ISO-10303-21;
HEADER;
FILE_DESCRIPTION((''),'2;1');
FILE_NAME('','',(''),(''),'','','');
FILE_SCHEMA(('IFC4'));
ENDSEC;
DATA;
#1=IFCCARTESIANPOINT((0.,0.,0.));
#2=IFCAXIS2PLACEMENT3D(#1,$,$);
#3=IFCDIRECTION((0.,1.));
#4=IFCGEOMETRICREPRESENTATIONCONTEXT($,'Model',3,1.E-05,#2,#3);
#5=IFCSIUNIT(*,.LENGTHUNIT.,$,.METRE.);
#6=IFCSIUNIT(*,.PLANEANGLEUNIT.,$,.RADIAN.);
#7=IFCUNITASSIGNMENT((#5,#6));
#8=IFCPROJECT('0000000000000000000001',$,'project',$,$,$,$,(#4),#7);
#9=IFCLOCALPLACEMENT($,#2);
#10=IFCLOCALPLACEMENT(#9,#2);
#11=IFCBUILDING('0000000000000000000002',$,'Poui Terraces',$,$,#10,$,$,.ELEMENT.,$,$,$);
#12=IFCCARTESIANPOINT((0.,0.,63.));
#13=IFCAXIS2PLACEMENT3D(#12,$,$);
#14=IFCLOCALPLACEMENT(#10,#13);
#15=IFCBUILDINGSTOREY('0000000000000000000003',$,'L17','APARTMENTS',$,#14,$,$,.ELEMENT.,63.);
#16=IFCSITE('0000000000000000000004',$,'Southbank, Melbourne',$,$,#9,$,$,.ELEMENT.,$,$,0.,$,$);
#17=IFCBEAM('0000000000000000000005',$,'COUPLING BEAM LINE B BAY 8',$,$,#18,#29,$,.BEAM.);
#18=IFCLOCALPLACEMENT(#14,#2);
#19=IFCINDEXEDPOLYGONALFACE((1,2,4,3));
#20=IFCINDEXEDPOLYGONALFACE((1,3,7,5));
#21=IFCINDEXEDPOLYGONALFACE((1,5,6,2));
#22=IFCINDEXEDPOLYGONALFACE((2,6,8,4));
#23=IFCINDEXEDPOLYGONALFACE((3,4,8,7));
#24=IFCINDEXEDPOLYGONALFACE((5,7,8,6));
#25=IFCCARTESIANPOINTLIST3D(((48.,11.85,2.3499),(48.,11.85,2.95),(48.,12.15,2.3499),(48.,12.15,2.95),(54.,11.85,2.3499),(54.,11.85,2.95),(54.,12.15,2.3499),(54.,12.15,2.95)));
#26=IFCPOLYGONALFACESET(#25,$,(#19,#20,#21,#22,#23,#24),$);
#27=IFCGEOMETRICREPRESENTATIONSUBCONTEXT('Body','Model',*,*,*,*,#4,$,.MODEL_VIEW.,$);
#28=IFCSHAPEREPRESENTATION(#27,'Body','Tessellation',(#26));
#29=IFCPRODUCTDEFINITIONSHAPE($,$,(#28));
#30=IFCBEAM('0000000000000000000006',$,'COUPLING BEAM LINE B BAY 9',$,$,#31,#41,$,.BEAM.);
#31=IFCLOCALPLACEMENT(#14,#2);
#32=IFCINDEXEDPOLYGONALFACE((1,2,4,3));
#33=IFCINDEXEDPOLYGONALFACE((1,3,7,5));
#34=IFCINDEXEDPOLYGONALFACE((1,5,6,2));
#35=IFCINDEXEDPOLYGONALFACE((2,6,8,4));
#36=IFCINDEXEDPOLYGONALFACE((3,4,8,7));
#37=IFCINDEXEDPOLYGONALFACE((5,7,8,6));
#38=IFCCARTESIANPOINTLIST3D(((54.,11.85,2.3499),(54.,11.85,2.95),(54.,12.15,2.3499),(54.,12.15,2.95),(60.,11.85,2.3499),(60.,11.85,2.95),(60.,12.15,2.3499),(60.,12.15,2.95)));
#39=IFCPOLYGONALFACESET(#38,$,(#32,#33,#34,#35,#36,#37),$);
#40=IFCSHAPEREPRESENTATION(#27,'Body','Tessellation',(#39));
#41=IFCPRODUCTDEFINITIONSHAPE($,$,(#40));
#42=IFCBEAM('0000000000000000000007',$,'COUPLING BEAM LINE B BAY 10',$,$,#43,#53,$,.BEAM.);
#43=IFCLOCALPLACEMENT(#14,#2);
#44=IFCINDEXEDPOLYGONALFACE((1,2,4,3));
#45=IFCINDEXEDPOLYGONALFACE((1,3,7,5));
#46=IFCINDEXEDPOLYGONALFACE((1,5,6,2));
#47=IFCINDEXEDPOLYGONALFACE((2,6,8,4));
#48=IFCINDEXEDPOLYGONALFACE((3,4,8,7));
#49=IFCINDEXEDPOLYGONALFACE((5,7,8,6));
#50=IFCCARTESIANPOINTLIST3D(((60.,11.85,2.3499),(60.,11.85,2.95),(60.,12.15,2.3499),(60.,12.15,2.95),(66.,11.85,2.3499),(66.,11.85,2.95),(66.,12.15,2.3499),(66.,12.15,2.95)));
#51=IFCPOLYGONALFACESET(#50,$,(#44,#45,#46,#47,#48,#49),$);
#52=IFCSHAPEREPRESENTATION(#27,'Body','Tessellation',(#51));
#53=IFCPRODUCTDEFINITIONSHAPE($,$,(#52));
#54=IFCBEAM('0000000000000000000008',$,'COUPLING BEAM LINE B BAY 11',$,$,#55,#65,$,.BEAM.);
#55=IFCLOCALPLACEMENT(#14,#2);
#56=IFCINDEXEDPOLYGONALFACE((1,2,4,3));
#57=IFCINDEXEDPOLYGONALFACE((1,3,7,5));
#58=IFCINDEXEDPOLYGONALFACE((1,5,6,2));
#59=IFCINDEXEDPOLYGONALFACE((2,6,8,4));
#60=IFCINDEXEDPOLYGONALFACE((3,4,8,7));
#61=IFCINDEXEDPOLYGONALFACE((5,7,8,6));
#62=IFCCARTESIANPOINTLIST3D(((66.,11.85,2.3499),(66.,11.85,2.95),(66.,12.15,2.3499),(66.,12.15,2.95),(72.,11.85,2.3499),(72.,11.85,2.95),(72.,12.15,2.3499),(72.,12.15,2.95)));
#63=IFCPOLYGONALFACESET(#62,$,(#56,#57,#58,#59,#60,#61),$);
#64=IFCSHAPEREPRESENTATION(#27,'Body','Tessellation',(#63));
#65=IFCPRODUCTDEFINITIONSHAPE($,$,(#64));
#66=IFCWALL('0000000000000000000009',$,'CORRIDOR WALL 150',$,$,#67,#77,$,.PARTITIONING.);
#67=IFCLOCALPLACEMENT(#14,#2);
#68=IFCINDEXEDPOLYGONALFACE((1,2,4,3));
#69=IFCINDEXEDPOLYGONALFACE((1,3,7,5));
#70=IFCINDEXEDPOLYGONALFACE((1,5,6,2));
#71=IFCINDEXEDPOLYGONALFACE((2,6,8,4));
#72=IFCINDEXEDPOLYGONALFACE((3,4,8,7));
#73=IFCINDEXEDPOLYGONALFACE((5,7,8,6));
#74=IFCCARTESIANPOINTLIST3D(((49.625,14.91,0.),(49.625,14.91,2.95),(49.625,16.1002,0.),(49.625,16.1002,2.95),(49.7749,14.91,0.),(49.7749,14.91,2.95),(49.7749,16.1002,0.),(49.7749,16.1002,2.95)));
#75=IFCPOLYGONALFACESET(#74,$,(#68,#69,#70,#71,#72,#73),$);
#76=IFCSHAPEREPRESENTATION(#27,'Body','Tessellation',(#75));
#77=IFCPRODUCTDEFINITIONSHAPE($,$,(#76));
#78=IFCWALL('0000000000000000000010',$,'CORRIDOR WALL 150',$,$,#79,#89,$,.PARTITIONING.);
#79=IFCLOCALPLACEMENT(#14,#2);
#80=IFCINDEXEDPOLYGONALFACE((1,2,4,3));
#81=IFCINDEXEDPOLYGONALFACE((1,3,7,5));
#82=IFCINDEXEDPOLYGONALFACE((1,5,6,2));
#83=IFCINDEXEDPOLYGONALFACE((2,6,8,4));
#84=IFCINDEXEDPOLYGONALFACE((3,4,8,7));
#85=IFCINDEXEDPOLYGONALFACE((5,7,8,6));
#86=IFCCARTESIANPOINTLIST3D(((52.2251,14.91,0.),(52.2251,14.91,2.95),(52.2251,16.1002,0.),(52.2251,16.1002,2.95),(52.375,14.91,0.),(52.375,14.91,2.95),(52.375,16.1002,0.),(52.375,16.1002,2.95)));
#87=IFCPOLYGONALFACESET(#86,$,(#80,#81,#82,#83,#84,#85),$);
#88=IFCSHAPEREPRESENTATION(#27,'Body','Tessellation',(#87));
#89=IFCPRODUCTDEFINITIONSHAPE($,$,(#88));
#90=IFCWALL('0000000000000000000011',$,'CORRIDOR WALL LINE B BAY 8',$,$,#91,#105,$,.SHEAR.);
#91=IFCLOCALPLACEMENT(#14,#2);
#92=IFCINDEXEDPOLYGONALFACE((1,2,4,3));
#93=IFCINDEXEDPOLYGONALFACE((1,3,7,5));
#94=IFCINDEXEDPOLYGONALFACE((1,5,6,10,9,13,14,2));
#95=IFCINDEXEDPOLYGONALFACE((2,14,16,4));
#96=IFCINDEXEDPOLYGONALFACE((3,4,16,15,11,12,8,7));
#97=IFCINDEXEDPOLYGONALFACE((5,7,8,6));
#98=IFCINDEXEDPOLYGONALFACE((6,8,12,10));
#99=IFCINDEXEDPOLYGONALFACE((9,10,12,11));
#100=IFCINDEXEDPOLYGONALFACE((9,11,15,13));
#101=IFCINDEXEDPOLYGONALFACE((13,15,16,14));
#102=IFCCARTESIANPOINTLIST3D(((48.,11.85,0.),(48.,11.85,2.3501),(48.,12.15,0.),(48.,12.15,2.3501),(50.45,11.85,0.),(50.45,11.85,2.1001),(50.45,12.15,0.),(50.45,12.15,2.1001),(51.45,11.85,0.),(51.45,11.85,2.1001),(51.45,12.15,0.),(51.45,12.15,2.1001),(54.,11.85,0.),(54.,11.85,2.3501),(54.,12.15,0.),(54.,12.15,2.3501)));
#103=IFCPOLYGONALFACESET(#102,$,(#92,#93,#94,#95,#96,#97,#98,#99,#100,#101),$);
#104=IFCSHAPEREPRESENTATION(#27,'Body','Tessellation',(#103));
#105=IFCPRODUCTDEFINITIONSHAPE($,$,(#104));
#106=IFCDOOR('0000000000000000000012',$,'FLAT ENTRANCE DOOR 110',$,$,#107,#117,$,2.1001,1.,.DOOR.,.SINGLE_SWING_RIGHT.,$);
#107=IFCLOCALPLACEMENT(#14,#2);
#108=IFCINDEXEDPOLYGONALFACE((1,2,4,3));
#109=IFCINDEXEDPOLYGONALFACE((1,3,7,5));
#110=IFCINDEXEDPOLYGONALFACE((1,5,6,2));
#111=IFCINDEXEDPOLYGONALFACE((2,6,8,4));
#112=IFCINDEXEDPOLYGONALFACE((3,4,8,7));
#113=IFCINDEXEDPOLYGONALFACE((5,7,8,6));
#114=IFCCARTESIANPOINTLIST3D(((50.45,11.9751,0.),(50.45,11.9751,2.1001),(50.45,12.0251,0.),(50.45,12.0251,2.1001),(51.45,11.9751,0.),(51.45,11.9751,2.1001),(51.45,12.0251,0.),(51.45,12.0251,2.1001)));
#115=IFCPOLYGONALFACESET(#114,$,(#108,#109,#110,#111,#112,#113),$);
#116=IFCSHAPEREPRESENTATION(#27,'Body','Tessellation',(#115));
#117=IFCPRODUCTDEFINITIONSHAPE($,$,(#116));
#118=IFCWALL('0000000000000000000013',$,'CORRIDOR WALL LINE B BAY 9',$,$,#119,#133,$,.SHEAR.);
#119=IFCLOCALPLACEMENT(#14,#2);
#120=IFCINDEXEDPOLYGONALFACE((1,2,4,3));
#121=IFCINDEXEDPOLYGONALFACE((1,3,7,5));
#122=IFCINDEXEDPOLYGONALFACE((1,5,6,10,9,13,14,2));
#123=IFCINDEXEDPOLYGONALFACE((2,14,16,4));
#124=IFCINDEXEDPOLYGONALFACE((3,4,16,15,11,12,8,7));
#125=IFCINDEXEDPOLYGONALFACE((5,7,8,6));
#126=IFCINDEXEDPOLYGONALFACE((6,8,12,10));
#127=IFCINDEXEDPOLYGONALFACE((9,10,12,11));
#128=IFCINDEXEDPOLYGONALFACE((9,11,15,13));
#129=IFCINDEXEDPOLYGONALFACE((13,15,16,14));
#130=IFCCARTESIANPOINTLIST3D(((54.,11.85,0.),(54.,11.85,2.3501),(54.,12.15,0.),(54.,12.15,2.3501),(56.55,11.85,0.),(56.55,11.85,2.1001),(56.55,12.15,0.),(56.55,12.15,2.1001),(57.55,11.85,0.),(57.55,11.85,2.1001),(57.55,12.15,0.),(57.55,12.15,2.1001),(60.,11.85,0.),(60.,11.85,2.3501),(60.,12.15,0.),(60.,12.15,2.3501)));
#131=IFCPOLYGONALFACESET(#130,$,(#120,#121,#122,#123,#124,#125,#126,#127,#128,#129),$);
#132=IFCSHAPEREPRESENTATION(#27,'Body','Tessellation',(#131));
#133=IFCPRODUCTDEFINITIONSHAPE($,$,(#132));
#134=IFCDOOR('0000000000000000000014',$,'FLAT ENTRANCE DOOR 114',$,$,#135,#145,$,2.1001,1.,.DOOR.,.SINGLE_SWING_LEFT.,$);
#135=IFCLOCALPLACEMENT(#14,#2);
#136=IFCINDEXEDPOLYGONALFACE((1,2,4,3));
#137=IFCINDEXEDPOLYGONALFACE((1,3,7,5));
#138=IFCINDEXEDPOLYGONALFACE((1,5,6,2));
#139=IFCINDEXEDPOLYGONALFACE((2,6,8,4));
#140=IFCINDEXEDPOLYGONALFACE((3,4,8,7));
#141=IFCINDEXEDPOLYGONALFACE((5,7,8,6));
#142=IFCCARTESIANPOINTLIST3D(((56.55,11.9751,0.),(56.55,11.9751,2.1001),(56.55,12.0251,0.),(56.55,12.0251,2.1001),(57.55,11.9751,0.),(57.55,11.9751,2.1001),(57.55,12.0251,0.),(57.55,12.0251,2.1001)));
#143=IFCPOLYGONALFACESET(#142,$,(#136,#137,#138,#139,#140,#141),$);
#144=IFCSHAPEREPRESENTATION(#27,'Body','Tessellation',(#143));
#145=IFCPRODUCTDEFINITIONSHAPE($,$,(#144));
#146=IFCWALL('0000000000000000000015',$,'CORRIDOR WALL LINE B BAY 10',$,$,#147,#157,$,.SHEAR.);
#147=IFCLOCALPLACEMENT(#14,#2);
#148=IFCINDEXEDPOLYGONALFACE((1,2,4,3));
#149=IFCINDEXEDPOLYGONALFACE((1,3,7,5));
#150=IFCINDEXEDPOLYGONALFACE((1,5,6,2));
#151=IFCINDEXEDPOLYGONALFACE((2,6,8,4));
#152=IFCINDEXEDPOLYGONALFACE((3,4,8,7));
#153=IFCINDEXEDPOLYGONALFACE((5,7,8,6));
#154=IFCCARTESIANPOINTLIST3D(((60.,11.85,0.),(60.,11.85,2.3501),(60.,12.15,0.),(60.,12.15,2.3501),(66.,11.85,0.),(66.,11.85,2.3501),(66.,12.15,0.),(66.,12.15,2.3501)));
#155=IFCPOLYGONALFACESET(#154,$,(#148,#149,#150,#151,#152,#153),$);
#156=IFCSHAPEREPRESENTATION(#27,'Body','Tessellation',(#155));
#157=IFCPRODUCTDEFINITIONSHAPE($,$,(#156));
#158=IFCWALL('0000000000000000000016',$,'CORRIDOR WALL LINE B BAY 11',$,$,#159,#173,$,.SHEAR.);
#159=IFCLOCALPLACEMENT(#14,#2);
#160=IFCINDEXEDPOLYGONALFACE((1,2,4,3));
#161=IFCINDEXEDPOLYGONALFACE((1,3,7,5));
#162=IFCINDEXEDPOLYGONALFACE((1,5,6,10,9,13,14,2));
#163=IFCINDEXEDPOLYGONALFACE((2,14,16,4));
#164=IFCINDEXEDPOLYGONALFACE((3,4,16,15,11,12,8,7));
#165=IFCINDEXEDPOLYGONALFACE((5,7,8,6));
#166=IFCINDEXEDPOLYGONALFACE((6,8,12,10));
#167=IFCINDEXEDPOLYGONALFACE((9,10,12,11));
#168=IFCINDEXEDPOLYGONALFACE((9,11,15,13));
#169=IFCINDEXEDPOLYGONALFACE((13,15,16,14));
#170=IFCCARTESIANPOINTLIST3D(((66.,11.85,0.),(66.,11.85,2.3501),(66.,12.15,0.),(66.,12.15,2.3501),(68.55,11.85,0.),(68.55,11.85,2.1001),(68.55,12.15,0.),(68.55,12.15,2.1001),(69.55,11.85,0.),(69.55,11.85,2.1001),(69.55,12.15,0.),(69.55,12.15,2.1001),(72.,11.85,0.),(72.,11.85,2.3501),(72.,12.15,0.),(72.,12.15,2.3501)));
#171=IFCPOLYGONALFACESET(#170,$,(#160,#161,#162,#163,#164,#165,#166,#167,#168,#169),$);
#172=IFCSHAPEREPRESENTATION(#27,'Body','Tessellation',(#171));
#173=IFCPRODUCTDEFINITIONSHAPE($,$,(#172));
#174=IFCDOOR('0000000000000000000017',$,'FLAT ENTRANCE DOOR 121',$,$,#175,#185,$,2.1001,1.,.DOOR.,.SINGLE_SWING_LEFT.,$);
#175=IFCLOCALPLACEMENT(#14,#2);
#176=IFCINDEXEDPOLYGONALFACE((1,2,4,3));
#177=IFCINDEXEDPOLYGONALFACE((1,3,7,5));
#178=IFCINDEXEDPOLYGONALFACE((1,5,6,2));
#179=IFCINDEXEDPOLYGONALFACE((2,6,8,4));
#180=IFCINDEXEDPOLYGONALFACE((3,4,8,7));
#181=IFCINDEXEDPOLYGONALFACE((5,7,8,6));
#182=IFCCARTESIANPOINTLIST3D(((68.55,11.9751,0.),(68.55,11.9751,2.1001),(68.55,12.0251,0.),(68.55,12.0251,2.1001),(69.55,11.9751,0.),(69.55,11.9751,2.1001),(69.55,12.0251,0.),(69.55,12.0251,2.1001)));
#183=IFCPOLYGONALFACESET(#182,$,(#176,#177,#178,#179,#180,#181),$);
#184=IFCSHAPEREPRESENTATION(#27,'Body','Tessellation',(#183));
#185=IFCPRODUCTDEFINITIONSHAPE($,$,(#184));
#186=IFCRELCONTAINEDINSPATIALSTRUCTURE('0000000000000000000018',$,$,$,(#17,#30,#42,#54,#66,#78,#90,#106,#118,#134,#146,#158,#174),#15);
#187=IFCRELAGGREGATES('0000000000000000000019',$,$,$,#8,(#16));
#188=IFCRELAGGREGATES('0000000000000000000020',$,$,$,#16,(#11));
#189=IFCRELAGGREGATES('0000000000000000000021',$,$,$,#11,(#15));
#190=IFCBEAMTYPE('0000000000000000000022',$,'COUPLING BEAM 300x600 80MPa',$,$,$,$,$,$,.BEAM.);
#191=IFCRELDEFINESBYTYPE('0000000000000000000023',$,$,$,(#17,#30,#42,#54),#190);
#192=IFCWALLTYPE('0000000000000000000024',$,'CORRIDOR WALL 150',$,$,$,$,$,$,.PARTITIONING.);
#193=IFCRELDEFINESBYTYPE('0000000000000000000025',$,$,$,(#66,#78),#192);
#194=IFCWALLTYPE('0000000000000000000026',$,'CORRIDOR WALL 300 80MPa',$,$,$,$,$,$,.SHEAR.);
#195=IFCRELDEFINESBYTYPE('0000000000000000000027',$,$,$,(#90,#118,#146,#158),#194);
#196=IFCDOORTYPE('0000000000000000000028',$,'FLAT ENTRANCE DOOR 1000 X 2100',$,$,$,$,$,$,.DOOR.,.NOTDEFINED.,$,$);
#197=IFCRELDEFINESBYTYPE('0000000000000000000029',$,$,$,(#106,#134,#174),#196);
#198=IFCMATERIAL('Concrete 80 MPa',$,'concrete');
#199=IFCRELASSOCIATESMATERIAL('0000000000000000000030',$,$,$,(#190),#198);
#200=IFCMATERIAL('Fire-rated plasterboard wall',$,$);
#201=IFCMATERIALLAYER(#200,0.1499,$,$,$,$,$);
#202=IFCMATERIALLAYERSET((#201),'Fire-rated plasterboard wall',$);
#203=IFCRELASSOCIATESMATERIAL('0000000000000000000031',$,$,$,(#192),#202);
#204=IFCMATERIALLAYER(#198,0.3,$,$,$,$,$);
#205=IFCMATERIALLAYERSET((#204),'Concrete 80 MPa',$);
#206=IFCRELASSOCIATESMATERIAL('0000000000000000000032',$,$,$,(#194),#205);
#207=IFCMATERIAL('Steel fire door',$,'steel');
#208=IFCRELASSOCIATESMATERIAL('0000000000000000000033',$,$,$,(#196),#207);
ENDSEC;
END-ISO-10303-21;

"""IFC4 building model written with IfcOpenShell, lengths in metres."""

from ifc_helpers import new_model, si_unit, direction, frame, frame_2d, origin, origin_2d, place, context, subcontext, project, spatial, rectangle, extrude, source, transform, mapped, material, layer, layer_set, material_profile, profile_set, type_object, element, fill, save


model = new_model("IFC4")

# Units and contexts
model_context = context("Model", 3, precision=1e-05, world=origin(), true_north=direction((0.0, 1.0)))
body_context = subcontext(model_context, "Body", "Model", "MODEL_VIEW")
ifc_project = project(units=[si_unit("LENGTHUNIT", "METRE"), si_unit("PLANEANGLEUNIT", "RADIAN")], contexts=[model_context])

# Site, building, storey
site_placement = place(None, origin())
site = spatial("IfcSite", under=ifc_project, at=site_placement, Name="Southbank, Melbourne", CompositionType="ELEMENT", RefElevation=0.0)
building_placement = place(site_placement, origin())
building = spatial("IfcBuilding", under=site, at=building_placement, Name="Poui Terraces", CompositionType="ELEMENT")
storey_placement = place(building_placement, frame((0.0, 0.0, 63.0)))
storey = spatial("IfcBuildingStorey", under=building, at=storey_placement, Name="L17", Description="APARTMENTS", CompositionType="ELEMENT", Elevation=63.0)

# Beams
ifc_material_1 = material(Name="Concrete 80 MPa", Category="concrete")
ifc_material_profile = material_profile(ifc_material_1, rectangle(XDim=0.3, YDim=0.6001, at=origin_2d()), Name="RC 300x600")
ifc_profile_set = profile_set([ifc_material_profile], Name="Concrete 80 MPa")
beam_type = type_object("IfcBeamType", Name="COUPLING BEAM 300x600 80MPa", PredefinedType="BEAM", material=ifc_profile_set)
shared_shape = source(origin(), body_context, "Body", "SweptSolid", [
    extrude(rectangle(XDim=0.3, YDim=0.6001, at=origin_2d()), origin(), (0.0, 0.0, 1.0), 6.0),
])
for number, where, z_axis, x_axis, name in (
    (1, (48.0, 12.0, 2.6499), (1.0, 0.0, 0.0), (0.0, 1.0, 0.0), "COUPLING BEAM LINE B BAY 8"),
    (2, (54.0, 12.0, 2.6499), (1.0, 0.0, 0.0), (0.0, 1.0, 0.0), "COUPLING BEAM LINE B BAY 9"),
    (3, (60.0, 12.0, 2.6499), (1.0, 0.0, 0.0), (0.0, 1.0, 0.0), "COUPLING BEAM LINE B BAY 10"),
    (4, (66.0, 12.0, 2.6499), (1.0, 0.0, 0.0), (0.0, 1.0, 0.0), "COUPLING BEAM LINE B BAY 11"),
):
    element("IfcBeam", number, at=place(storey_placement, frame(where, z_axis=z_axis, x_axis=x_axis)), inside=storey, type_object=beam_type, Name=name, PredefinedType="BEAM", context=body_context, shape_type="MappedRepresentation", body=[
        mapped(shared_shape, transform((0.0, 0.0, 0.0))),
    ])

# Walls
ifc_material_2 = material(Name="Fire-rated plasterboard wall")
ifc_layer_1 = layer(ifc_material_2, 0.1499)
ifc_layer_set_1 = layer_set([ifc_layer_1], Name="Fire-rated plasterboard wall")
wall_type_1 = type_object("IfcWallType", Name="CORRIDOR WALL 150", PredefinedType="PARTITIONING", material=ifc_layer_set_1)
for number, where, z_axis, x_axis, name in (
    (5, (49.7, 14.9099, 0.0), (0.0, 0.0, 1.0), (0.0, 1.0, 0.0), "CORRIDOR WALL 150"),
    (6, (52.3, 14.9099, 0.0), (0.0, 0.0, 1.0), (0.0, 1.0, 0.0), "CORRIDOR WALL 150"),
):
    element("IfcWall", number, at=place(storey_placement, frame(where, z_axis=z_axis, x_axis=x_axis)), inside=storey, type_object=wall_type_1, Name=name, PredefinedType="PARTITIONING", context=body_context, shape_type="SweptSolid", body=[
        extrude(rectangle(XDim=1.1902, YDim=0.1499, at=frame_2d((0.5952, 0.0))), origin(), (0.0, 0.0, 1.0), 2.95),
    ])

# Walls, openings, doors
ifc_layer_2 = layer(ifc_material_1, 0.3)
ifc_layer_set_2 = layer_set([ifc_layer_2], Name="Concrete 80 MPa")
wall_type_2 = type_object("IfcWallType", Name="CORRIDOR WALL 300 80MPa", PredefinedType="SHEAR", material=ifc_layer_set_2)
wall_1_placement = place(storey_placement, frame((48.0, 12.0, 0.0), z_axis=(0.0, 0.0, 1.0), x_axis=(1.0, 0.0, 0.0)))
wall_1 = element("IfcWall", 7, at=wall_1_placement, inside=storey, type_object=wall_type_2, Name="CORRIDOR WALL LINE B BAY 8", PredefinedType="SHEAR", context=body_context, shape_type="SweptSolid", body=[
    extrude(rectangle(XDim=6.0, YDim=0.3, at=frame_2d((3.0, 0.0))), origin(), (0.0, 0.0, 1.0), 2.3501),
])
opening_1_placement = place(wall_1_placement, frame((2.45, 0.0, 0.0)))
opening_1 = element("IfcOpeningElement", 8, at=opening_1_placement, cuts=wall_1, PredefinedType="OPENING", context=body_context, shape_type="SweptSolid", body=[
    extrude(rectangle(XDim=1.0, YDim=2.1001, at=frame_2d((0.5, 1.05))), frame((0.0, 0.1602, 0.0), z_axis=(0.0, -1.0, 0.0), x_axis=(1.0, 0.0, 0.0)), (0.0, 0.0, 1.0), 0.3201),
])
ifc_material_3 = material(Name="Steel fire door", Category="steel")
door_type_1 = type_object("IfcDoorType", Name="FLAT ENTRANCE DOOR 1000 X 2100", OperationType="NOTDEFINED", PredefinedType="DOOR", material=ifc_material_3)
door_1_placement = place(opening_1_placement, frame((1.0, 0.0, 0.0), z_axis=(0.0, 0.0, 1.0), x_axis=(-1.0, 0.0, 0.0)))
door_1 = element("IfcDoor", 9, at=door_1_placement, inside=storey, type_object=door_type_1, Name="FLAT ENTRANCE DOOR 110", OperationType="SINGLE_SWING_RIGHT", OverallHeight=2.1001, OverallWidth=1.0, PredefinedType="DOOR", context=body_context, shape_type="SweptSolid", body=[
    extrude(rectangle(XDim=1.0, YDim=2.1001, at=frame_2d((0.5, 1.05))), frame((0.0, 0.0249, 0.0), z_axis=(0.0, -1.0, 0.0), x_axis=(1.0, 0.0, 0.0)), (0.0, 0.0, 1.0), 0.05),
])
fill(opening_1, door_1)
wall_2_placement = place(storey_placement, frame((54.0, 12.0, 0.0), z_axis=(0.0, 0.0, 1.0), x_axis=(1.0, 0.0, 0.0)))
wall_2 = element("IfcWall", 10, at=wall_2_placement, inside=storey, type_object=wall_type_2, Name="CORRIDOR WALL LINE B BAY 9", PredefinedType="SHEAR", context=body_context, shape_type="SweptSolid", body=[
    extrude(rectangle(XDim=6.0, YDim=0.3, at=frame_2d((3.0, 0.0))), origin(), (0.0, 0.0, 1.0), 2.3501),
])
opening_2_placement = place(wall_2_placement, frame((2.55, 0.0, 0.0)))
opening_2 = element("IfcOpeningElement", 11, at=opening_2_placement, cuts=wall_2, PredefinedType="OPENING", context=body_context, shape_type="SweptSolid", body=[
    extrude(rectangle(XDim=1.0, YDim=2.1001, at=frame_2d((0.5, 1.05))), frame((0.0, 0.1602, 0.0), z_axis=(0.0, -1.0, 0.0), x_axis=(1.0, 0.0, 0.0)), (0.0, 0.0, 1.0), 0.3201),
])
door_2_placement = place(opening_2_placement, frame((1.0, 0.0, 0.0), z_axis=(0.0, 0.0, 1.0), x_axis=(-1.0, 0.0, 0.0)))
door_2 = element("IfcDoor", 12, at=door_2_placement, inside=storey, type_object=door_type_1, Name="FLAT ENTRANCE DOOR 114", OperationType="SINGLE_SWING_LEFT", OverallHeight=2.1001, OverallWidth=1.0, PredefinedType="DOOR", context=body_context, shape_type="SweptSolid", body=[
    extrude(rectangle(XDim=1.0, YDim=2.1001, at=frame_2d((0.5, 1.05))), frame((0.0, 0.0249, 0.0), z_axis=(0.0, -1.0, 0.0), x_axis=(1.0, 0.0, 0.0)), (0.0, 0.0, 1.0), 0.05),
])
fill(opening_2, door_2)

# Wall
wall_3_placement = place(storey_placement, frame((60.0, 12.0, 0.0), z_axis=(0.0, 0.0, 1.0), x_axis=(1.0, 0.0, 0.0)))
element("IfcWall", 13, at=wall_3_placement, inside=storey, type_object=wall_type_2, Name="CORRIDOR WALL LINE B BAY 10", PredefinedType="SHEAR", context=body_context, shape_type="SweptSolid", body=[
    extrude(rectangle(XDim=6.0, YDim=0.3, at=frame_2d((3.0, 0.0))), origin(), (0.0, 0.0, 1.0), 2.3501),
])

# Wall, opening, door
wall_4_placement = place(storey_placement, frame((66.0, 12.0, 0.0), z_axis=(0.0, 0.0, 1.0), x_axis=(1.0, 0.0, 0.0)))
wall_4 = element("IfcWall", 14, at=wall_4_placement, inside=storey, type_object=wall_type_2, Name="CORRIDOR WALL LINE B BAY 11", PredefinedType="SHEAR", context=body_context, shape_type="SweptSolid", body=[
    extrude(rectangle(XDim=6.0, YDim=0.3, at=frame_2d((3.0, 0.0))), origin(), (0.0, 0.0, 1.0), 2.3501),
])
opening_3_placement = place(wall_4_placement, frame((2.55, 0.0, 0.0)))
opening_3 = element("IfcOpeningElement", 15, at=opening_3_placement, cuts=wall_4, PredefinedType="OPENING", context=body_context, shape_type="SweptSolid", body=[
    extrude(rectangle(XDim=1.0, YDim=2.1001, at=frame_2d((0.5, 1.05))), frame((0.0, 0.1602, 0.0), z_axis=(0.0, -1.0, 0.0), x_axis=(1.0, 0.0, 0.0)), (0.0, 0.0, 1.0), 0.3201),
])
door_3_placement = place(opening_3_placement, frame((1.0, 0.0, 0.0), z_axis=(0.0, 0.0, 1.0), x_axis=(-1.0, 0.0, 0.0)))
door_3 = element("IfcDoor", 16, at=door_3_placement, inside=storey, type_object=door_type_1, Name="FLAT ENTRANCE DOOR 121", OperationType="SINGLE_SWING_LEFT", OverallHeight=2.1001, OverallWidth=1.0, PredefinedType="DOOR", context=body_context, shape_type="SweptSolid", body=[
    extrude(rectangle(XDim=1.0, YDim=2.1001, at=frame_2d((0.5, 1.05))), frame((0.0, 0.0249, 0.0), z_axis=(0.0, -1.0, 0.0), x_axis=(1.0, 0.0, 0.0)), (0.0, 0.0, 1.0), 0.05),
])
fill(opening_3, door_3)

save(model, "model.ifc")
